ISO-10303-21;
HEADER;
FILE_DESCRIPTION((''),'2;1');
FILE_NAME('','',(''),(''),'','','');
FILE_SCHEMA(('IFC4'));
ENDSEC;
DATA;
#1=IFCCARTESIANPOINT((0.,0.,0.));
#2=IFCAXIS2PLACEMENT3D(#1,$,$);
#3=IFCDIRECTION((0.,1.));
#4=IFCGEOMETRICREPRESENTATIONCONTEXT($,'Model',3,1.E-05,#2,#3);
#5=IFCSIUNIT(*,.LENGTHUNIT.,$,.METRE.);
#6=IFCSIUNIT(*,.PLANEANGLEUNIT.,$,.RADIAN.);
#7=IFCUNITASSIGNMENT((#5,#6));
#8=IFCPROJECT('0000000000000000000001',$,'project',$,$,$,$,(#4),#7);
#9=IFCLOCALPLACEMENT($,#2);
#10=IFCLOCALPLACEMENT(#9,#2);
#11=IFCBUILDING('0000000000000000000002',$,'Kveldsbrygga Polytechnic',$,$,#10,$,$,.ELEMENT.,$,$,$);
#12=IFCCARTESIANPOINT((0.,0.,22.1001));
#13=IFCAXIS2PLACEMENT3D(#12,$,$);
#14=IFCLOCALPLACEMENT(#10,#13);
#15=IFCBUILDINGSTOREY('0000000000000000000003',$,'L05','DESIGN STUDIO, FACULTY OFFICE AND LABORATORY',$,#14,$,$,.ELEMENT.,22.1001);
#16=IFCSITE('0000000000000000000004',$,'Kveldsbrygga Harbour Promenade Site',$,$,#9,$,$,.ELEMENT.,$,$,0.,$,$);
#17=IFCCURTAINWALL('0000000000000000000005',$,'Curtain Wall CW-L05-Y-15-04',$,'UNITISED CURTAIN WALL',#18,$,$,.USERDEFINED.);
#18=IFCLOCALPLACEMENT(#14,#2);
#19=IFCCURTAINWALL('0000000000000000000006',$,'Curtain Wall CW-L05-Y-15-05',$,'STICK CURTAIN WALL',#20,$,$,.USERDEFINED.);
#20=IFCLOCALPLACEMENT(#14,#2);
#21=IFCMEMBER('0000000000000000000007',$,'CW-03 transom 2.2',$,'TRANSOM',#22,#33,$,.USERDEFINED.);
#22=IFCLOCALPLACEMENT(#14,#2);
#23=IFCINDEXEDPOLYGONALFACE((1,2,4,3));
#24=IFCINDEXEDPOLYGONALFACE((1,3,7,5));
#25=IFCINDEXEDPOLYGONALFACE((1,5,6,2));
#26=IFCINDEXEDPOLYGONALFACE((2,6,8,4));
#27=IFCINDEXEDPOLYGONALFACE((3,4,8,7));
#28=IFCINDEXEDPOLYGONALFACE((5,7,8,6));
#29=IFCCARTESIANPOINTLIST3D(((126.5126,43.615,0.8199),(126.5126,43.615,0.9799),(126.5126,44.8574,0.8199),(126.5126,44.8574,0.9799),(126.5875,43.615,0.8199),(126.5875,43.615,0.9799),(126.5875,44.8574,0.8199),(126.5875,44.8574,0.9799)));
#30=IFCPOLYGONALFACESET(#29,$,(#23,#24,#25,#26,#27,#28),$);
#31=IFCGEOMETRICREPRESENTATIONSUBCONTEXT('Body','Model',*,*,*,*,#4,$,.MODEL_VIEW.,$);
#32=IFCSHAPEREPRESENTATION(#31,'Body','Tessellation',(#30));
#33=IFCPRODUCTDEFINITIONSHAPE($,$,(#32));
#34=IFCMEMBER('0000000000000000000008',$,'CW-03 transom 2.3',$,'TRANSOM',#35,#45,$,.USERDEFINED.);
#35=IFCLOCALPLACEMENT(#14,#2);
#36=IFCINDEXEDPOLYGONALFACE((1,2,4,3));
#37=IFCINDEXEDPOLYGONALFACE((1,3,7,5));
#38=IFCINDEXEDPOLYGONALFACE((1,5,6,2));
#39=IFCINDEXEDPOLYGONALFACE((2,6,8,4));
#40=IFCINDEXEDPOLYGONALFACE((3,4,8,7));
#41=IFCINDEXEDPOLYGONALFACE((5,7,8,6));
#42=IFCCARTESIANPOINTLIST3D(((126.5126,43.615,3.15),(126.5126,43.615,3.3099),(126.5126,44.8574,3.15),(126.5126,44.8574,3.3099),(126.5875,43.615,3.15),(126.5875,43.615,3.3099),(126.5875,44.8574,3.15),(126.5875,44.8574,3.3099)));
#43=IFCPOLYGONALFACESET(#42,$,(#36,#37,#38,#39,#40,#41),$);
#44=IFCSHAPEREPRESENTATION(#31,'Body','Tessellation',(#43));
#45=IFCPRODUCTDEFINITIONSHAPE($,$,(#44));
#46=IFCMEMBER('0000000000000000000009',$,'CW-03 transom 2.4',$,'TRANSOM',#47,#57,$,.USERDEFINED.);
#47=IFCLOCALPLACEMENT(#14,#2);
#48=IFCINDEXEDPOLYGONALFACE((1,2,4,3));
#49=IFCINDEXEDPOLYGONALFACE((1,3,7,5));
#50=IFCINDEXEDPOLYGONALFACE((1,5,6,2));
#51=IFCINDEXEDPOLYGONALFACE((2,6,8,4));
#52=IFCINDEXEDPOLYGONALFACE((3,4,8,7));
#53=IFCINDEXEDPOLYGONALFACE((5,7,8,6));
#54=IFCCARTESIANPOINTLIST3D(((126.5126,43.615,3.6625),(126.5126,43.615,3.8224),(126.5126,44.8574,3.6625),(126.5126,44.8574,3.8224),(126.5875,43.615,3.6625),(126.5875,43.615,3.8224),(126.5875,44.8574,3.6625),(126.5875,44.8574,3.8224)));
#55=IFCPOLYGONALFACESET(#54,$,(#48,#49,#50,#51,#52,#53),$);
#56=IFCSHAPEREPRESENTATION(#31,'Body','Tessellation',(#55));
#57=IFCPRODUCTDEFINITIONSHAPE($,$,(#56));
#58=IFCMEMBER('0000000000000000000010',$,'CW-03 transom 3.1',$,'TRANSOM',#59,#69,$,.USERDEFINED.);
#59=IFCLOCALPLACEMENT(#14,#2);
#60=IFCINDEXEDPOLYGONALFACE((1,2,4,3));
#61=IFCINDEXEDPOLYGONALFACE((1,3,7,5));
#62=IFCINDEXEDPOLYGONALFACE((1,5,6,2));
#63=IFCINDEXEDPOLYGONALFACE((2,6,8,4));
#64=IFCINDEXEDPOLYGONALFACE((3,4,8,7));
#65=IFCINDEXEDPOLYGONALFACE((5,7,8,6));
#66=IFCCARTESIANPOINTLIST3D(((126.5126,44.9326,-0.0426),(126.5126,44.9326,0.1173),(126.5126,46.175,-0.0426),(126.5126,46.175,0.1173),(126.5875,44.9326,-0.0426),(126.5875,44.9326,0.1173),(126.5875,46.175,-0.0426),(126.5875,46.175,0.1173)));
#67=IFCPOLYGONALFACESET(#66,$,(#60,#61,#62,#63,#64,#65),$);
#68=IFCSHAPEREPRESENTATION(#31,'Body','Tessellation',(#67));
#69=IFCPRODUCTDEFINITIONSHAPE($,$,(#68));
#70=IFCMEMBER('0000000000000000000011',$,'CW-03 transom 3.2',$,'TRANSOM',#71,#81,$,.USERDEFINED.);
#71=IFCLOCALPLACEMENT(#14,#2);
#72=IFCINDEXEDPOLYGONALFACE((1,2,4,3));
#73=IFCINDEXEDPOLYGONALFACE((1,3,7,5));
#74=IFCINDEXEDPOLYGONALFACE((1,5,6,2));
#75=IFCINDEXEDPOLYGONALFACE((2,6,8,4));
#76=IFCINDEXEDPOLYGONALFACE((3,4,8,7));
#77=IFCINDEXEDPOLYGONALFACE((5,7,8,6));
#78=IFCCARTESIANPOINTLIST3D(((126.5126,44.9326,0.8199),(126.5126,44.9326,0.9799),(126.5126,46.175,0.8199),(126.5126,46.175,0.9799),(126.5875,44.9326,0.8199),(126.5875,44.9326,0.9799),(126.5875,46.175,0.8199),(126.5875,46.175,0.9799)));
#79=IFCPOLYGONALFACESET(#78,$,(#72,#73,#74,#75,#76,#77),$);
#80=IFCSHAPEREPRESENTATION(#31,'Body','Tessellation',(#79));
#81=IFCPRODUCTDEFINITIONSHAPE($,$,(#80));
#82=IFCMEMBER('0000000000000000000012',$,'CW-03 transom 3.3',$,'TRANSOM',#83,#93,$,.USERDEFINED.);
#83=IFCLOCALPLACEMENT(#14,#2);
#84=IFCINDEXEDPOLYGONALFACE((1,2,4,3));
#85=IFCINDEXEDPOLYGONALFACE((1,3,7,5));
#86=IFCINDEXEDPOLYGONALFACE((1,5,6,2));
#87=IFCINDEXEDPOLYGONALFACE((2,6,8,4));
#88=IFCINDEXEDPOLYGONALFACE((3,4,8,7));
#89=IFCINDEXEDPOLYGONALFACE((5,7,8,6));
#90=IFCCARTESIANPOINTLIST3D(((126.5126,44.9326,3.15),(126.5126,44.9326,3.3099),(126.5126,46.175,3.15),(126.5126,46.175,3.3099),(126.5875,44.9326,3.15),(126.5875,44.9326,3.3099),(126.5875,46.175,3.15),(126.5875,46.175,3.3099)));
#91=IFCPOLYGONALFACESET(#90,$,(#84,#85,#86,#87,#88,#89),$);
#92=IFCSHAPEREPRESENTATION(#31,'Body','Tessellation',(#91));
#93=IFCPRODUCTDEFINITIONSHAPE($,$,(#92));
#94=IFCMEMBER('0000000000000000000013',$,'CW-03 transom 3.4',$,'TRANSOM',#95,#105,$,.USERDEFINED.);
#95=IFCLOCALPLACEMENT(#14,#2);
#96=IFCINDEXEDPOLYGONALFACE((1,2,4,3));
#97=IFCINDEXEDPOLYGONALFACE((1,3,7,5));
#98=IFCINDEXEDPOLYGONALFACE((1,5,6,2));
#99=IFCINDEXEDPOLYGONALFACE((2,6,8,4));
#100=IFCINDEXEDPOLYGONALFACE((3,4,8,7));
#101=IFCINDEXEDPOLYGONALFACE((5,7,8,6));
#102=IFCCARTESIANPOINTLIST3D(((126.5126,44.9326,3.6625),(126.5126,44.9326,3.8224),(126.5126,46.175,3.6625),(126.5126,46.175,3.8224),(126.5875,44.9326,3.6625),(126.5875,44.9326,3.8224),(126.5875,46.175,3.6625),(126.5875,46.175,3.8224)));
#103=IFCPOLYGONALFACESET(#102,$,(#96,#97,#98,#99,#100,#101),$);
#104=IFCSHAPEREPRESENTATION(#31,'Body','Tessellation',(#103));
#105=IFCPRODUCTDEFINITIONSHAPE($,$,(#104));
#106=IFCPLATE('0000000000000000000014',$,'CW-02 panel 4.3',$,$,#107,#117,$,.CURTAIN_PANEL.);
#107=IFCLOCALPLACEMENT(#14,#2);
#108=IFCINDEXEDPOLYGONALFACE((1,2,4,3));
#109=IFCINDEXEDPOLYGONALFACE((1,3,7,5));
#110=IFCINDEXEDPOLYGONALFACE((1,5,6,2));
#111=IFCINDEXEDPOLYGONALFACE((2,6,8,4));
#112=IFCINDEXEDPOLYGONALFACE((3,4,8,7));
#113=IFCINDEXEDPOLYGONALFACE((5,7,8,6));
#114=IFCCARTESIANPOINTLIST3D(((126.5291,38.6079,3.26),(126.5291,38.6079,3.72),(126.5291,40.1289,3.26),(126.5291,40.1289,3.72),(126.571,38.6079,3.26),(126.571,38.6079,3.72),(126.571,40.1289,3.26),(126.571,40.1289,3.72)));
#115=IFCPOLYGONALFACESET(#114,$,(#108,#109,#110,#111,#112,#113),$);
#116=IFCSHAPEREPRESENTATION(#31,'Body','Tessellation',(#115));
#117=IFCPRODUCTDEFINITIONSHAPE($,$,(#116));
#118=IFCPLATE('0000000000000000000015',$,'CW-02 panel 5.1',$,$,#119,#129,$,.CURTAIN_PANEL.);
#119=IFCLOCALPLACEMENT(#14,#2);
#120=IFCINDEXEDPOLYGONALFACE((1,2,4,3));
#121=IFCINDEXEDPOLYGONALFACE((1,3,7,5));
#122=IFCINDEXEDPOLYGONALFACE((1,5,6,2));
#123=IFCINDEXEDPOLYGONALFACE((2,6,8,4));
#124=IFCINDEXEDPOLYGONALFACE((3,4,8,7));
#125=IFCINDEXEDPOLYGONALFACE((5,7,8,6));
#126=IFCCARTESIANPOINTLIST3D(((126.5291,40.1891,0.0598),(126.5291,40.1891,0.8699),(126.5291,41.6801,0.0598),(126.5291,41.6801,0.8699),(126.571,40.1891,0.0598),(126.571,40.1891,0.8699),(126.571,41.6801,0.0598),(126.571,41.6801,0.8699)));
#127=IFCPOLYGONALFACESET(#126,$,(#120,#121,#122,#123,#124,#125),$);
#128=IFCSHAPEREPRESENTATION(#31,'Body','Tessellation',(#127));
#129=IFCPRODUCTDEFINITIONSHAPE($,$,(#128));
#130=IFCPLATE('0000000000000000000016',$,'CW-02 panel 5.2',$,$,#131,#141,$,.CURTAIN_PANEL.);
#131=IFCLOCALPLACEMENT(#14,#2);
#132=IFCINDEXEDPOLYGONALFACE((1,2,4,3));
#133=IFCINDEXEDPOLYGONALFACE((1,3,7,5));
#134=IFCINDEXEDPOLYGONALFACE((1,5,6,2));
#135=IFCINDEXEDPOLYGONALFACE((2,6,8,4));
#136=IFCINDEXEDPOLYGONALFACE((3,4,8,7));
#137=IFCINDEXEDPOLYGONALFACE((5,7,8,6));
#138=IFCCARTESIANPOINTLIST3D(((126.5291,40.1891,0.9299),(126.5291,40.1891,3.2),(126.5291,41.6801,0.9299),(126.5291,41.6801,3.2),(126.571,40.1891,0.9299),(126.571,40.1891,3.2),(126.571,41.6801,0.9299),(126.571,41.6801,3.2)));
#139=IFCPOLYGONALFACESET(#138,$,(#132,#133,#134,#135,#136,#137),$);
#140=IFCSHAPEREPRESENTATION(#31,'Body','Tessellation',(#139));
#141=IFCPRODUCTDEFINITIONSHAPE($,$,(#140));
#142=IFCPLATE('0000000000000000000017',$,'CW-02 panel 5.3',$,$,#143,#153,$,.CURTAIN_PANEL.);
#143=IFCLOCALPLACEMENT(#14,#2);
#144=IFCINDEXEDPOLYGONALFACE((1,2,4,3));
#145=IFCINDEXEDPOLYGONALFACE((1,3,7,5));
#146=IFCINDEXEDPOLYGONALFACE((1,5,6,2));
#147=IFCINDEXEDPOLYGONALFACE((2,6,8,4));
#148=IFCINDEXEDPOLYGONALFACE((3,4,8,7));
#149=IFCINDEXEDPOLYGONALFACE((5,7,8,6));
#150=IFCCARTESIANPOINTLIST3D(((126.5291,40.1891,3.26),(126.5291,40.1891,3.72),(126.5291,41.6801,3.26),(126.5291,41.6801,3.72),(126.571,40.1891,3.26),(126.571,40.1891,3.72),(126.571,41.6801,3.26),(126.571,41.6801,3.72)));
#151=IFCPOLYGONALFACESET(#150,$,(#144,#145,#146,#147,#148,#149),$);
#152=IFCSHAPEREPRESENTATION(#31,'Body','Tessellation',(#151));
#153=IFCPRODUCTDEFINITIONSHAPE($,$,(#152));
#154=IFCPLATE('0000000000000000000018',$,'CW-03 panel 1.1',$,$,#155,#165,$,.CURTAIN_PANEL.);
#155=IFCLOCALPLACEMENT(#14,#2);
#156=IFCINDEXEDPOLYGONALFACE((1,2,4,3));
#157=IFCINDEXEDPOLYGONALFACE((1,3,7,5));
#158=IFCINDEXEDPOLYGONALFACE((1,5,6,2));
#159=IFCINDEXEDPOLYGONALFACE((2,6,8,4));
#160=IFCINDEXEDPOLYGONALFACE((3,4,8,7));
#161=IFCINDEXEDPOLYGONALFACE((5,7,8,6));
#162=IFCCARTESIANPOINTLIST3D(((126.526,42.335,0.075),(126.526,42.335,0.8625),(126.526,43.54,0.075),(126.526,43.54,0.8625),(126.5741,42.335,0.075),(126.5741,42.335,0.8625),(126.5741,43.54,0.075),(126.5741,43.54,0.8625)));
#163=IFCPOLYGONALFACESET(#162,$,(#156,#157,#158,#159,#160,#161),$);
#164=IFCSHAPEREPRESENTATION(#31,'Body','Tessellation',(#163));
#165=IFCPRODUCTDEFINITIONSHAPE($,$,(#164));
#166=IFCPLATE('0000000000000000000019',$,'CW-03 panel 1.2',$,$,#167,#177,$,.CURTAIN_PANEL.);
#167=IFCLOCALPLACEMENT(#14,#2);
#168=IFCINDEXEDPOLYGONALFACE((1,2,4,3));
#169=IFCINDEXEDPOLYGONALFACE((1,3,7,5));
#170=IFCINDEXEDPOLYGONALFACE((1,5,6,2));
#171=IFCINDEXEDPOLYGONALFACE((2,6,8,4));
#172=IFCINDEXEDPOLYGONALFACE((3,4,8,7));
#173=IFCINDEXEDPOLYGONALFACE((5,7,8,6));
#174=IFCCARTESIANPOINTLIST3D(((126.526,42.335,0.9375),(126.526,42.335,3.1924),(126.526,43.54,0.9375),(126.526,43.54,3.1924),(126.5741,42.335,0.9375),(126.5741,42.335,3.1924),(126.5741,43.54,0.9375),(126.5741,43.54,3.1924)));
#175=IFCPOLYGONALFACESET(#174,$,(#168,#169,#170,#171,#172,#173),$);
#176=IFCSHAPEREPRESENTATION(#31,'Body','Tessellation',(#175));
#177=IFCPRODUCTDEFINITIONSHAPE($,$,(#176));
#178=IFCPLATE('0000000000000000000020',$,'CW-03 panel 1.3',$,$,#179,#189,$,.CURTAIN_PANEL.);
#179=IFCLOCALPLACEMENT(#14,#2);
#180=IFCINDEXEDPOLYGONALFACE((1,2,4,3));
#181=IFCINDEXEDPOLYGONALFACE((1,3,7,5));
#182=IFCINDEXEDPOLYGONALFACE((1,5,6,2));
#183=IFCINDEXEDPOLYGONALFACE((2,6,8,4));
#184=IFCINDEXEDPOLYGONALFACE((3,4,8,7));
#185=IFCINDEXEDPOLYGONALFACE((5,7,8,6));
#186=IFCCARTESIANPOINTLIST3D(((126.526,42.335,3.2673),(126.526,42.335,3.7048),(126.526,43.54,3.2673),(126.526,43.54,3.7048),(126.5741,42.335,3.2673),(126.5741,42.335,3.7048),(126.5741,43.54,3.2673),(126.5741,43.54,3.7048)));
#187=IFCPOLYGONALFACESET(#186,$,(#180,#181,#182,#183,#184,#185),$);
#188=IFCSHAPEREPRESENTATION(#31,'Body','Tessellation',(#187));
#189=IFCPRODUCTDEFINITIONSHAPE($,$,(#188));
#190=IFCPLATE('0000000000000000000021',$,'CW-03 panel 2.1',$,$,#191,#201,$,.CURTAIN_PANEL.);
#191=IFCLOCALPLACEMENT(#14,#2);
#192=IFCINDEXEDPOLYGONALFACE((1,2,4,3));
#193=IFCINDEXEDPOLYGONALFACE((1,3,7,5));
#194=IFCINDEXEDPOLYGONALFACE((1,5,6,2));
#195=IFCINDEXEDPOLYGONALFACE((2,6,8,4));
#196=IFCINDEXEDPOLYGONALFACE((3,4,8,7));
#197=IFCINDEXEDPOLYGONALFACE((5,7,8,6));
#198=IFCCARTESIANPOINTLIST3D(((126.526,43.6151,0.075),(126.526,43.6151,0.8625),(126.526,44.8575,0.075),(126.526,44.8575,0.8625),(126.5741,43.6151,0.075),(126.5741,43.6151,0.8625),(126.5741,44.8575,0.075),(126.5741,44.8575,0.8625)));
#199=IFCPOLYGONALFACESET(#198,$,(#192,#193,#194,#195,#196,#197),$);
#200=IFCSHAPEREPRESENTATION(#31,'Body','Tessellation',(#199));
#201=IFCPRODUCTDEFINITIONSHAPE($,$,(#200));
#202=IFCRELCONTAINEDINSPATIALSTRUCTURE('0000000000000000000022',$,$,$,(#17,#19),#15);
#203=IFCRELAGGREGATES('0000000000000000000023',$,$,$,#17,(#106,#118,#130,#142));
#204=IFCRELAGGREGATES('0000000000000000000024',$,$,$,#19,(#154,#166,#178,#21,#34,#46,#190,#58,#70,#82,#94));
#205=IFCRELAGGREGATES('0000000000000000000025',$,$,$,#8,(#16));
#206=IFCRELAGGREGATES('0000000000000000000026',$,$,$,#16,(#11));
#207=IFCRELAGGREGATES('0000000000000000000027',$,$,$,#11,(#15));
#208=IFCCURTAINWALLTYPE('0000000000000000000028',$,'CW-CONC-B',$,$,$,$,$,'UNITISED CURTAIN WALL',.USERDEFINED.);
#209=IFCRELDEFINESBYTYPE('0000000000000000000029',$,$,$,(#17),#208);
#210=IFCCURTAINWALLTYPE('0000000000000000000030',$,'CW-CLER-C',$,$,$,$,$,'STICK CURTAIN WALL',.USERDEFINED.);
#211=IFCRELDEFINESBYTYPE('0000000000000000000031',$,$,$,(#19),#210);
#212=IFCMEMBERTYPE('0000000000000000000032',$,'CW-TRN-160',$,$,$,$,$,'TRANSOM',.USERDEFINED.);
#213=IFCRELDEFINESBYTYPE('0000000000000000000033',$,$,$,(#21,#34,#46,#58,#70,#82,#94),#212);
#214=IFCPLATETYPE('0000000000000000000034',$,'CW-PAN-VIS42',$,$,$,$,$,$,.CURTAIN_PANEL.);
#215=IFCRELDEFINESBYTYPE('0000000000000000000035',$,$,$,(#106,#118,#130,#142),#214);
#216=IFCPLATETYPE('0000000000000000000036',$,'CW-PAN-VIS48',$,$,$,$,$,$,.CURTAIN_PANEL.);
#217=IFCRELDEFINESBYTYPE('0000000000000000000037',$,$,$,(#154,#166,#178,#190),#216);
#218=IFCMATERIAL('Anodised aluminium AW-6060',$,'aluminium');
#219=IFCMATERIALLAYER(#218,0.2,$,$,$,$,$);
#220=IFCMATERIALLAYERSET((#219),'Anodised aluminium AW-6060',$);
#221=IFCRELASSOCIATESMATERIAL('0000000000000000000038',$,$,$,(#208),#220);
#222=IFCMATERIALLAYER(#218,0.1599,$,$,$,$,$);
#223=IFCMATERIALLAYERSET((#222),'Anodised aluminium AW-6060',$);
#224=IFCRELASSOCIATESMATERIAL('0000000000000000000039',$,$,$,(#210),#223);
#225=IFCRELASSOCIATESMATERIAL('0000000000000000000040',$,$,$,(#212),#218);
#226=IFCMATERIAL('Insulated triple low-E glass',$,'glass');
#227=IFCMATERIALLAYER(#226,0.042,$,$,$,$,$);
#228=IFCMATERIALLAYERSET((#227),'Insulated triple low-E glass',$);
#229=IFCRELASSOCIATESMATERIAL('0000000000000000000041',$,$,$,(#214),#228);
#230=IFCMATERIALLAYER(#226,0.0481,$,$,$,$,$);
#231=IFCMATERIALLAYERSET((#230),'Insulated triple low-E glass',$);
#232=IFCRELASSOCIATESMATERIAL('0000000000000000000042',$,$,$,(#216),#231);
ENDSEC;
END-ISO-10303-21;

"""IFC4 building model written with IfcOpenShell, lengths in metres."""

from ifc_helpers import new_model, si_unit, direction, frame, origin, origin_2d, place, context, subcontext, project, spatial, rectangle, extrude, material, layer, layer_set, material_profile, profile_set, type_object, element, aggregate, save


model = new_model("IFC4")

# Units and contexts
model_context = context("Model", 3, precision=1e-05, world=origin(), true_north=direction((0.0, 1.0)))
body_context = subcontext(model_context, "Body", "Model", "MODEL_VIEW")
ifc_project = project(units=[si_unit("LENGTHUNIT", "METRE"), si_unit("PLANEANGLEUNIT", "RADIAN")], contexts=[model_context])

# Site, building, storey
site_placement = place(None, origin())
site = spatial("IfcSite", under=ifc_project, at=site_placement, Name="Kveldsbrygga Harbour Promenade Site", CompositionType="ELEMENT", RefElevation=0.0)
building_placement = place(site_placement, origin())
building = spatial("IfcBuilding", under=site, at=building_placement, Name="Kveldsbrygga Polytechnic", CompositionType="ELEMENT")
storey_placement = place(building_placement, frame((0.0, 0.0, 22.1001)))
storey = spatial("IfcBuildingStorey", under=building, at=storey_placement, Name="L05", Description="DESIGN STUDIO, FACULTY OFFICE AND LABORATORY", CompositionType="ELEMENT", Elevation=22.1001)

# Curtain walls
ifc_material_1 = material(Name="Anodised aluminium AW-6060", Category="aluminium")
ifc_layer_1 = layer(ifc_material_1, 0.2)
ifc_layer_set_1 = layer_set([ifc_layer_1], Name="Anodised aluminium AW-6060")
curtain_wall_type_1 = type_object("IfcCurtainWallType", Name="CW-CONC-B", ElementType="UNITISED CURTAIN WALL", PredefinedType="USERDEFINED", material=ifc_layer_set_1)
curtain_wall_1_placement = place(storey_placement, origin())
curtain_wall_1 = element("IfcCurtainWall", 1, at=curtain_wall_1_placement, inside=storey, type_object=curtain_wall_type_1, Name="Curtain Wall CW-L05-Y-15-04", ObjectType="UNITISED CURTAIN WALL", PredefinedType="USERDEFINED")
ifc_layer_2 = layer(ifc_material_1, 0.1599)
ifc_layer_set_2 = layer_set([ifc_layer_2], Name="Anodised aluminium AW-6060")
curtain_wall_type_2 = type_object("IfcCurtainWallType", Name="CW-CLER-C", ElementType="STICK CURTAIN WALL", PredefinedType="USERDEFINED", material=ifc_layer_set_2)
curtain_wall_2_placement = place(storey_placement, origin())
curtain_wall_2 = element("IfcCurtainWall", 2, at=curtain_wall_2_placement, inside=storey, type_object=curtain_wall_type_2, Name="Curtain Wall CW-L05-Y-15-05", ObjectType="STICK CURTAIN WALL", PredefinedType="USERDEFINED")

# Members
ifc_material_profile_1 = material_profile(ifc_material_1, rectangle(XDim=0.075, YDim=0.1599, at=origin_2d()), Name="ALU 75x160")
ifc_profile_set_1 = profile_set([ifc_material_profile_1], Name="Anodised aluminium AW-6060")
member_type_1 = type_object("IfcMemberType", Name="CW-TRN-160", ElementType="TRANSOM", PredefinedType="USERDEFINED", material=ifc_profile_set_1)
member_1_placement = place(storey_placement, frame((126.55, 43.615, 0.8999), z_axis=(0.0, 1.0, 0.0), x_axis=(-1.0, 0.0, 0.0)))
member_1 = element("IfcMember", 3, at=member_1_placement, type_object=member_type_1, Name="CW-03 transom 2.2", ObjectType="TRANSOM", PredefinedType="USERDEFINED", context=body_context, shape_type="SweptSolid", body=[
    extrude(rectangle(XDim=0.075, YDim=0.1599, at=origin_2d()), origin(), (0.0, 0.0, 1.0), 1.2424),
])
member_2_placement = place(storey_placement, frame((126.55, 43.615, 3.23), z_axis=(0.0, 1.0, 0.0), x_axis=(-1.0, 0.0, 0.0)))
member_2 = element("IfcMember", 4, at=member_2_placement, type_object=member_type_1, Name="CW-03 transom 2.3", ObjectType="TRANSOM", PredefinedType="USERDEFINED", context=body_context, shape_type="SweptSolid", body=[
    extrude(rectangle(XDim=0.075, YDim=0.1599, at=origin_2d()), origin(), (0.0, 0.0, 1.0), 1.2424),
])
member_3_placement = place(storey_placement, frame((126.55, 43.615, 3.7424), z_axis=(0.0, 1.0, 0.0), x_axis=(-1.0, 0.0, 0.0)))
member_3 = element("IfcMember", 5, at=member_3_placement, type_object=member_type_1, Name="CW-03 transom 2.4", ObjectType="TRANSOM", PredefinedType="USERDEFINED", context=body_context, shape_type="SweptSolid", body=[
    extrude(rectangle(XDim=0.075, YDim=0.1599, at=origin_2d()), origin(), (0.0, 0.0, 1.0), 1.2424),
])
member_4_placement = place(storey_placement, frame((126.55, 44.9326, 0.0374), z_axis=(0.0, 1.0, 0.0), x_axis=(-1.0, 0.0, 0.0)))
member_4 = element("IfcMember", 6, at=member_4_placement, type_object=member_type_1, Name="CW-03 transom 3.1", ObjectType="TRANSOM", PredefinedType="USERDEFINED", context=body_context, shape_type="SweptSolid", body=[
    extrude(rectangle(XDim=0.075, YDim=0.1599, at=origin_2d()), origin(), (0.0, 0.0, 1.0), 1.2424),
])
member_5_placement = place(storey_placement, frame((126.55, 44.9326, 0.8999), z_axis=(0.0, 1.0, 0.0), x_axis=(-1.0, 0.0, 0.0)))
member_5 = element("IfcMember", 7, at=member_5_placement, type_object=member_type_1, Name="CW-03 transom 3.2", ObjectType="TRANSOM", PredefinedType="USERDEFINED", context=body_context, shape_type="SweptSolid", body=[
    extrude(rectangle(XDim=0.075, YDim=0.1599, at=origin_2d()), origin(), (0.0, 0.0, 1.0), 1.2424),
])
member_6_placement = place(storey_placement, frame((126.55, 44.9326, 3.23), z_axis=(0.0, 1.0, 0.0), x_axis=(-1.0, 0.0, 0.0)))
member_6 = element("IfcMember", 8, at=member_6_placement, type_object=member_type_1, Name="CW-03 transom 3.3", ObjectType="TRANSOM", PredefinedType="USERDEFINED", context=body_context, shape_type="SweptSolid", body=[
    extrude(rectangle(XDim=0.075, YDim=0.1599, at=origin_2d()), origin(), (0.0, 0.0, 1.0), 1.2424),
])
member_7_placement = place(storey_placement, frame((126.55, 44.9326, 3.7424), z_axis=(0.0, 1.0, 0.0), x_axis=(-1.0, 0.0, 0.0)))
member_7 = element("IfcMember", 9, at=member_7_placement, type_object=member_type_1, Name="CW-03 transom 3.4", ObjectType="TRANSOM", PredefinedType="USERDEFINED", context=body_context, shape_type="SweptSolid", body=[
    extrude(rectangle(XDim=0.075, YDim=0.1599, at=origin_2d()), origin(), (0.0, 0.0, 1.0), 1.2424),
])

# Plates
ifc_material_2 = material(Name="Insulated triple low-E glass", Category="glass")
ifc_layer_3 = layer(ifc_material_2, 0.042)
ifc_layer_set_3 = layer_set([ifc_layer_3], Name="Insulated triple low-E glass")
plate_type_1 = type_object("IfcPlateType", Name="CW-PAN-VIS42", PredefinedType="CURTAIN_PANEL", material=ifc_layer_set_3)
plate_1_placement = place(storey_placement, frame((126.55, 39.3684, 3.26), z_axis=(0.0, 0.0, 1.0), x_axis=(0.0, 1.0, 0.0)))
plate_1 = element("IfcPlate", 10, at=plate_1_placement, type_object=plate_type_1, Name="CW-02 panel 4.3", PredefinedType="CURTAIN_PANEL", context=body_context, shape_type="SweptSolid", body=[
    extrude(rectangle(XDim=1.521, YDim=0.042, at=origin_2d()), origin(), (0.0, 0.0, 1.0), 0.46),
])
plate_2_placement = place(storey_placement, frame((126.55, 40.9346, 0.0598), z_axis=(0.0, 0.0, 1.0), x_axis=(0.0, 1.0, 0.0)))
plate_2 = element("IfcPlate", 11, at=plate_2_placement, type_object=plate_type_1, Name="CW-02 panel 5.1", PredefinedType="CURTAIN_PANEL", context=body_context, shape_type="SweptSolid", body=[
    extrude(rectangle(XDim=1.491, YDim=0.042, at=origin_2d()), origin(), (0.0, 0.0, 1.0), 0.8101),
])
plate_3_placement = place(storey_placement, frame((126.55, 40.9346, 0.9299), z_axis=(0.0, 0.0, 1.0), x_axis=(0.0, 1.0, 0.0)))
plate_3 = element("IfcPlate", 12, at=plate_3_placement, type_object=plate_type_1, Name="CW-02 panel 5.2", PredefinedType="CURTAIN_PANEL", context=body_context, shape_type="SweptSolid", body=[
    extrude(rectangle(XDim=1.491, YDim=0.042, at=origin_2d()), origin(), (0.0, 0.0, 1.0), 2.27),
])
plate_4_placement = place(storey_placement, frame((126.55, 40.9346, 3.26), z_axis=(0.0, 0.0, 1.0), x_axis=(0.0, 1.0, 0.0)))
plate_4 = element("IfcPlate", 13, at=plate_4_placement, type_object=plate_type_1, Name="CW-02 panel 5.3", PredefinedType="CURTAIN_PANEL", context=body_context, shape_type="SweptSolid", body=[
    extrude(rectangle(XDim=1.491, YDim=0.042, at=origin_2d()), origin(), (0.0, 0.0, 1.0), 0.46),
])
aggregate(curtain_wall_1, [plate_1, plate_2, plate_3, plate_4])
ifc_layer_4 = layer(ifc_material_2, 0.0481)
ifc_layer_set_4 = layer_set([ifc_layer_4], Name="Insulated triple low-E glass")
plate_type_2 = type_object("IfcPlateType", Name="CW-PAN-VIS48", PredefinedType="CURTAIN_PANEL", material=ifc_layer_set_4)
plate_5_placement = place(storey_placement, frame((126.55, 42.9375, 0.075), z_axis=(0.0, 0.0, 1.0), x_axis=(0.0, 1.0, 0.0)))
plate_5 = element("IfcPlate", 14, at=plate_5_placement, type_object=plate_type_2, Name="CW-03 panel 1.1", PredefinedType="CURTAIN_PANEL", context=body_context, shape_type="SweptSolid", body=[
    extrude(rectangle(XDim=1.2051, YDim=0.0481, at=origin_2d()), origin(), (0.0, 0.0, 1.0), 0.7876),
])
plate_6_placement = place(storey_placement, frame((126.55, 42.9375, 0.9375), z_axis=(0.0, 0.0, 1.0), x_axis=(0.0, 1.0, 0.0)))
plate_6 = element("IfcPlate", 15, at=plate_6_placement, type_object=plate_type_2, Name="CW-03 panel 1.2", PredefinedType="CURTAIN_PANEL", context=body_context, shape_type="SweptSolid", body=[
    extrude(rectangle(XDim=1.2051, YDim=0.0481, at=origin_2d()), origin(), (0.0, 0.0, 1.0), 2.2549),
])
plate_7_placement = place(storey_placement, frame((126.55, 42.9375, 3.2673), z_axis=(0.0, 0.0, 1.0), x_axis=(0.0, 1.0, 0.0)))
plate_7 = element("IfcPlate", 16, at=plate_7_placement, type_object=plate_type_2, Name="CW-03 panel 1.3", PredefinedType="CURTAIN_PANEL", context=body_context, shape_type="SweptSolid", body=[
    extrude(rectangle(XDim=1.2051, YDim=0.0481, at=origin_2d()), origin(), (0.0, 0.0, 1.0), 0.4375),
])
plate_8_placement = place(storey_placement, frame((126.55, 44.2363, 0.075), z_axis=(0.0, 0.0, 1.0), x_axis=(0.0, 1.0, 0.0)))
plate_8 = element("IfcPlate", 17, at=plate_8_placement, type_object=plate_type_2, Name="CW-03 panel 2.1", PredefinedType="CURTAIN_PANEL", context=body_context, shape_type="SweptSolid", body=[
    extrude(rectangle(XDim=1.2424, YDim=0.0481, at=origin_2d()), origin(), (0.0, 0.0, 1.0), 0.7876),
])
aggregate(curtain_wall_2, [plate_5, plate_6, plate_7, member_1, member_2, member_3, plate_8, member_4, member_5, member_6, member_7])

save(model, "model.ifc")
